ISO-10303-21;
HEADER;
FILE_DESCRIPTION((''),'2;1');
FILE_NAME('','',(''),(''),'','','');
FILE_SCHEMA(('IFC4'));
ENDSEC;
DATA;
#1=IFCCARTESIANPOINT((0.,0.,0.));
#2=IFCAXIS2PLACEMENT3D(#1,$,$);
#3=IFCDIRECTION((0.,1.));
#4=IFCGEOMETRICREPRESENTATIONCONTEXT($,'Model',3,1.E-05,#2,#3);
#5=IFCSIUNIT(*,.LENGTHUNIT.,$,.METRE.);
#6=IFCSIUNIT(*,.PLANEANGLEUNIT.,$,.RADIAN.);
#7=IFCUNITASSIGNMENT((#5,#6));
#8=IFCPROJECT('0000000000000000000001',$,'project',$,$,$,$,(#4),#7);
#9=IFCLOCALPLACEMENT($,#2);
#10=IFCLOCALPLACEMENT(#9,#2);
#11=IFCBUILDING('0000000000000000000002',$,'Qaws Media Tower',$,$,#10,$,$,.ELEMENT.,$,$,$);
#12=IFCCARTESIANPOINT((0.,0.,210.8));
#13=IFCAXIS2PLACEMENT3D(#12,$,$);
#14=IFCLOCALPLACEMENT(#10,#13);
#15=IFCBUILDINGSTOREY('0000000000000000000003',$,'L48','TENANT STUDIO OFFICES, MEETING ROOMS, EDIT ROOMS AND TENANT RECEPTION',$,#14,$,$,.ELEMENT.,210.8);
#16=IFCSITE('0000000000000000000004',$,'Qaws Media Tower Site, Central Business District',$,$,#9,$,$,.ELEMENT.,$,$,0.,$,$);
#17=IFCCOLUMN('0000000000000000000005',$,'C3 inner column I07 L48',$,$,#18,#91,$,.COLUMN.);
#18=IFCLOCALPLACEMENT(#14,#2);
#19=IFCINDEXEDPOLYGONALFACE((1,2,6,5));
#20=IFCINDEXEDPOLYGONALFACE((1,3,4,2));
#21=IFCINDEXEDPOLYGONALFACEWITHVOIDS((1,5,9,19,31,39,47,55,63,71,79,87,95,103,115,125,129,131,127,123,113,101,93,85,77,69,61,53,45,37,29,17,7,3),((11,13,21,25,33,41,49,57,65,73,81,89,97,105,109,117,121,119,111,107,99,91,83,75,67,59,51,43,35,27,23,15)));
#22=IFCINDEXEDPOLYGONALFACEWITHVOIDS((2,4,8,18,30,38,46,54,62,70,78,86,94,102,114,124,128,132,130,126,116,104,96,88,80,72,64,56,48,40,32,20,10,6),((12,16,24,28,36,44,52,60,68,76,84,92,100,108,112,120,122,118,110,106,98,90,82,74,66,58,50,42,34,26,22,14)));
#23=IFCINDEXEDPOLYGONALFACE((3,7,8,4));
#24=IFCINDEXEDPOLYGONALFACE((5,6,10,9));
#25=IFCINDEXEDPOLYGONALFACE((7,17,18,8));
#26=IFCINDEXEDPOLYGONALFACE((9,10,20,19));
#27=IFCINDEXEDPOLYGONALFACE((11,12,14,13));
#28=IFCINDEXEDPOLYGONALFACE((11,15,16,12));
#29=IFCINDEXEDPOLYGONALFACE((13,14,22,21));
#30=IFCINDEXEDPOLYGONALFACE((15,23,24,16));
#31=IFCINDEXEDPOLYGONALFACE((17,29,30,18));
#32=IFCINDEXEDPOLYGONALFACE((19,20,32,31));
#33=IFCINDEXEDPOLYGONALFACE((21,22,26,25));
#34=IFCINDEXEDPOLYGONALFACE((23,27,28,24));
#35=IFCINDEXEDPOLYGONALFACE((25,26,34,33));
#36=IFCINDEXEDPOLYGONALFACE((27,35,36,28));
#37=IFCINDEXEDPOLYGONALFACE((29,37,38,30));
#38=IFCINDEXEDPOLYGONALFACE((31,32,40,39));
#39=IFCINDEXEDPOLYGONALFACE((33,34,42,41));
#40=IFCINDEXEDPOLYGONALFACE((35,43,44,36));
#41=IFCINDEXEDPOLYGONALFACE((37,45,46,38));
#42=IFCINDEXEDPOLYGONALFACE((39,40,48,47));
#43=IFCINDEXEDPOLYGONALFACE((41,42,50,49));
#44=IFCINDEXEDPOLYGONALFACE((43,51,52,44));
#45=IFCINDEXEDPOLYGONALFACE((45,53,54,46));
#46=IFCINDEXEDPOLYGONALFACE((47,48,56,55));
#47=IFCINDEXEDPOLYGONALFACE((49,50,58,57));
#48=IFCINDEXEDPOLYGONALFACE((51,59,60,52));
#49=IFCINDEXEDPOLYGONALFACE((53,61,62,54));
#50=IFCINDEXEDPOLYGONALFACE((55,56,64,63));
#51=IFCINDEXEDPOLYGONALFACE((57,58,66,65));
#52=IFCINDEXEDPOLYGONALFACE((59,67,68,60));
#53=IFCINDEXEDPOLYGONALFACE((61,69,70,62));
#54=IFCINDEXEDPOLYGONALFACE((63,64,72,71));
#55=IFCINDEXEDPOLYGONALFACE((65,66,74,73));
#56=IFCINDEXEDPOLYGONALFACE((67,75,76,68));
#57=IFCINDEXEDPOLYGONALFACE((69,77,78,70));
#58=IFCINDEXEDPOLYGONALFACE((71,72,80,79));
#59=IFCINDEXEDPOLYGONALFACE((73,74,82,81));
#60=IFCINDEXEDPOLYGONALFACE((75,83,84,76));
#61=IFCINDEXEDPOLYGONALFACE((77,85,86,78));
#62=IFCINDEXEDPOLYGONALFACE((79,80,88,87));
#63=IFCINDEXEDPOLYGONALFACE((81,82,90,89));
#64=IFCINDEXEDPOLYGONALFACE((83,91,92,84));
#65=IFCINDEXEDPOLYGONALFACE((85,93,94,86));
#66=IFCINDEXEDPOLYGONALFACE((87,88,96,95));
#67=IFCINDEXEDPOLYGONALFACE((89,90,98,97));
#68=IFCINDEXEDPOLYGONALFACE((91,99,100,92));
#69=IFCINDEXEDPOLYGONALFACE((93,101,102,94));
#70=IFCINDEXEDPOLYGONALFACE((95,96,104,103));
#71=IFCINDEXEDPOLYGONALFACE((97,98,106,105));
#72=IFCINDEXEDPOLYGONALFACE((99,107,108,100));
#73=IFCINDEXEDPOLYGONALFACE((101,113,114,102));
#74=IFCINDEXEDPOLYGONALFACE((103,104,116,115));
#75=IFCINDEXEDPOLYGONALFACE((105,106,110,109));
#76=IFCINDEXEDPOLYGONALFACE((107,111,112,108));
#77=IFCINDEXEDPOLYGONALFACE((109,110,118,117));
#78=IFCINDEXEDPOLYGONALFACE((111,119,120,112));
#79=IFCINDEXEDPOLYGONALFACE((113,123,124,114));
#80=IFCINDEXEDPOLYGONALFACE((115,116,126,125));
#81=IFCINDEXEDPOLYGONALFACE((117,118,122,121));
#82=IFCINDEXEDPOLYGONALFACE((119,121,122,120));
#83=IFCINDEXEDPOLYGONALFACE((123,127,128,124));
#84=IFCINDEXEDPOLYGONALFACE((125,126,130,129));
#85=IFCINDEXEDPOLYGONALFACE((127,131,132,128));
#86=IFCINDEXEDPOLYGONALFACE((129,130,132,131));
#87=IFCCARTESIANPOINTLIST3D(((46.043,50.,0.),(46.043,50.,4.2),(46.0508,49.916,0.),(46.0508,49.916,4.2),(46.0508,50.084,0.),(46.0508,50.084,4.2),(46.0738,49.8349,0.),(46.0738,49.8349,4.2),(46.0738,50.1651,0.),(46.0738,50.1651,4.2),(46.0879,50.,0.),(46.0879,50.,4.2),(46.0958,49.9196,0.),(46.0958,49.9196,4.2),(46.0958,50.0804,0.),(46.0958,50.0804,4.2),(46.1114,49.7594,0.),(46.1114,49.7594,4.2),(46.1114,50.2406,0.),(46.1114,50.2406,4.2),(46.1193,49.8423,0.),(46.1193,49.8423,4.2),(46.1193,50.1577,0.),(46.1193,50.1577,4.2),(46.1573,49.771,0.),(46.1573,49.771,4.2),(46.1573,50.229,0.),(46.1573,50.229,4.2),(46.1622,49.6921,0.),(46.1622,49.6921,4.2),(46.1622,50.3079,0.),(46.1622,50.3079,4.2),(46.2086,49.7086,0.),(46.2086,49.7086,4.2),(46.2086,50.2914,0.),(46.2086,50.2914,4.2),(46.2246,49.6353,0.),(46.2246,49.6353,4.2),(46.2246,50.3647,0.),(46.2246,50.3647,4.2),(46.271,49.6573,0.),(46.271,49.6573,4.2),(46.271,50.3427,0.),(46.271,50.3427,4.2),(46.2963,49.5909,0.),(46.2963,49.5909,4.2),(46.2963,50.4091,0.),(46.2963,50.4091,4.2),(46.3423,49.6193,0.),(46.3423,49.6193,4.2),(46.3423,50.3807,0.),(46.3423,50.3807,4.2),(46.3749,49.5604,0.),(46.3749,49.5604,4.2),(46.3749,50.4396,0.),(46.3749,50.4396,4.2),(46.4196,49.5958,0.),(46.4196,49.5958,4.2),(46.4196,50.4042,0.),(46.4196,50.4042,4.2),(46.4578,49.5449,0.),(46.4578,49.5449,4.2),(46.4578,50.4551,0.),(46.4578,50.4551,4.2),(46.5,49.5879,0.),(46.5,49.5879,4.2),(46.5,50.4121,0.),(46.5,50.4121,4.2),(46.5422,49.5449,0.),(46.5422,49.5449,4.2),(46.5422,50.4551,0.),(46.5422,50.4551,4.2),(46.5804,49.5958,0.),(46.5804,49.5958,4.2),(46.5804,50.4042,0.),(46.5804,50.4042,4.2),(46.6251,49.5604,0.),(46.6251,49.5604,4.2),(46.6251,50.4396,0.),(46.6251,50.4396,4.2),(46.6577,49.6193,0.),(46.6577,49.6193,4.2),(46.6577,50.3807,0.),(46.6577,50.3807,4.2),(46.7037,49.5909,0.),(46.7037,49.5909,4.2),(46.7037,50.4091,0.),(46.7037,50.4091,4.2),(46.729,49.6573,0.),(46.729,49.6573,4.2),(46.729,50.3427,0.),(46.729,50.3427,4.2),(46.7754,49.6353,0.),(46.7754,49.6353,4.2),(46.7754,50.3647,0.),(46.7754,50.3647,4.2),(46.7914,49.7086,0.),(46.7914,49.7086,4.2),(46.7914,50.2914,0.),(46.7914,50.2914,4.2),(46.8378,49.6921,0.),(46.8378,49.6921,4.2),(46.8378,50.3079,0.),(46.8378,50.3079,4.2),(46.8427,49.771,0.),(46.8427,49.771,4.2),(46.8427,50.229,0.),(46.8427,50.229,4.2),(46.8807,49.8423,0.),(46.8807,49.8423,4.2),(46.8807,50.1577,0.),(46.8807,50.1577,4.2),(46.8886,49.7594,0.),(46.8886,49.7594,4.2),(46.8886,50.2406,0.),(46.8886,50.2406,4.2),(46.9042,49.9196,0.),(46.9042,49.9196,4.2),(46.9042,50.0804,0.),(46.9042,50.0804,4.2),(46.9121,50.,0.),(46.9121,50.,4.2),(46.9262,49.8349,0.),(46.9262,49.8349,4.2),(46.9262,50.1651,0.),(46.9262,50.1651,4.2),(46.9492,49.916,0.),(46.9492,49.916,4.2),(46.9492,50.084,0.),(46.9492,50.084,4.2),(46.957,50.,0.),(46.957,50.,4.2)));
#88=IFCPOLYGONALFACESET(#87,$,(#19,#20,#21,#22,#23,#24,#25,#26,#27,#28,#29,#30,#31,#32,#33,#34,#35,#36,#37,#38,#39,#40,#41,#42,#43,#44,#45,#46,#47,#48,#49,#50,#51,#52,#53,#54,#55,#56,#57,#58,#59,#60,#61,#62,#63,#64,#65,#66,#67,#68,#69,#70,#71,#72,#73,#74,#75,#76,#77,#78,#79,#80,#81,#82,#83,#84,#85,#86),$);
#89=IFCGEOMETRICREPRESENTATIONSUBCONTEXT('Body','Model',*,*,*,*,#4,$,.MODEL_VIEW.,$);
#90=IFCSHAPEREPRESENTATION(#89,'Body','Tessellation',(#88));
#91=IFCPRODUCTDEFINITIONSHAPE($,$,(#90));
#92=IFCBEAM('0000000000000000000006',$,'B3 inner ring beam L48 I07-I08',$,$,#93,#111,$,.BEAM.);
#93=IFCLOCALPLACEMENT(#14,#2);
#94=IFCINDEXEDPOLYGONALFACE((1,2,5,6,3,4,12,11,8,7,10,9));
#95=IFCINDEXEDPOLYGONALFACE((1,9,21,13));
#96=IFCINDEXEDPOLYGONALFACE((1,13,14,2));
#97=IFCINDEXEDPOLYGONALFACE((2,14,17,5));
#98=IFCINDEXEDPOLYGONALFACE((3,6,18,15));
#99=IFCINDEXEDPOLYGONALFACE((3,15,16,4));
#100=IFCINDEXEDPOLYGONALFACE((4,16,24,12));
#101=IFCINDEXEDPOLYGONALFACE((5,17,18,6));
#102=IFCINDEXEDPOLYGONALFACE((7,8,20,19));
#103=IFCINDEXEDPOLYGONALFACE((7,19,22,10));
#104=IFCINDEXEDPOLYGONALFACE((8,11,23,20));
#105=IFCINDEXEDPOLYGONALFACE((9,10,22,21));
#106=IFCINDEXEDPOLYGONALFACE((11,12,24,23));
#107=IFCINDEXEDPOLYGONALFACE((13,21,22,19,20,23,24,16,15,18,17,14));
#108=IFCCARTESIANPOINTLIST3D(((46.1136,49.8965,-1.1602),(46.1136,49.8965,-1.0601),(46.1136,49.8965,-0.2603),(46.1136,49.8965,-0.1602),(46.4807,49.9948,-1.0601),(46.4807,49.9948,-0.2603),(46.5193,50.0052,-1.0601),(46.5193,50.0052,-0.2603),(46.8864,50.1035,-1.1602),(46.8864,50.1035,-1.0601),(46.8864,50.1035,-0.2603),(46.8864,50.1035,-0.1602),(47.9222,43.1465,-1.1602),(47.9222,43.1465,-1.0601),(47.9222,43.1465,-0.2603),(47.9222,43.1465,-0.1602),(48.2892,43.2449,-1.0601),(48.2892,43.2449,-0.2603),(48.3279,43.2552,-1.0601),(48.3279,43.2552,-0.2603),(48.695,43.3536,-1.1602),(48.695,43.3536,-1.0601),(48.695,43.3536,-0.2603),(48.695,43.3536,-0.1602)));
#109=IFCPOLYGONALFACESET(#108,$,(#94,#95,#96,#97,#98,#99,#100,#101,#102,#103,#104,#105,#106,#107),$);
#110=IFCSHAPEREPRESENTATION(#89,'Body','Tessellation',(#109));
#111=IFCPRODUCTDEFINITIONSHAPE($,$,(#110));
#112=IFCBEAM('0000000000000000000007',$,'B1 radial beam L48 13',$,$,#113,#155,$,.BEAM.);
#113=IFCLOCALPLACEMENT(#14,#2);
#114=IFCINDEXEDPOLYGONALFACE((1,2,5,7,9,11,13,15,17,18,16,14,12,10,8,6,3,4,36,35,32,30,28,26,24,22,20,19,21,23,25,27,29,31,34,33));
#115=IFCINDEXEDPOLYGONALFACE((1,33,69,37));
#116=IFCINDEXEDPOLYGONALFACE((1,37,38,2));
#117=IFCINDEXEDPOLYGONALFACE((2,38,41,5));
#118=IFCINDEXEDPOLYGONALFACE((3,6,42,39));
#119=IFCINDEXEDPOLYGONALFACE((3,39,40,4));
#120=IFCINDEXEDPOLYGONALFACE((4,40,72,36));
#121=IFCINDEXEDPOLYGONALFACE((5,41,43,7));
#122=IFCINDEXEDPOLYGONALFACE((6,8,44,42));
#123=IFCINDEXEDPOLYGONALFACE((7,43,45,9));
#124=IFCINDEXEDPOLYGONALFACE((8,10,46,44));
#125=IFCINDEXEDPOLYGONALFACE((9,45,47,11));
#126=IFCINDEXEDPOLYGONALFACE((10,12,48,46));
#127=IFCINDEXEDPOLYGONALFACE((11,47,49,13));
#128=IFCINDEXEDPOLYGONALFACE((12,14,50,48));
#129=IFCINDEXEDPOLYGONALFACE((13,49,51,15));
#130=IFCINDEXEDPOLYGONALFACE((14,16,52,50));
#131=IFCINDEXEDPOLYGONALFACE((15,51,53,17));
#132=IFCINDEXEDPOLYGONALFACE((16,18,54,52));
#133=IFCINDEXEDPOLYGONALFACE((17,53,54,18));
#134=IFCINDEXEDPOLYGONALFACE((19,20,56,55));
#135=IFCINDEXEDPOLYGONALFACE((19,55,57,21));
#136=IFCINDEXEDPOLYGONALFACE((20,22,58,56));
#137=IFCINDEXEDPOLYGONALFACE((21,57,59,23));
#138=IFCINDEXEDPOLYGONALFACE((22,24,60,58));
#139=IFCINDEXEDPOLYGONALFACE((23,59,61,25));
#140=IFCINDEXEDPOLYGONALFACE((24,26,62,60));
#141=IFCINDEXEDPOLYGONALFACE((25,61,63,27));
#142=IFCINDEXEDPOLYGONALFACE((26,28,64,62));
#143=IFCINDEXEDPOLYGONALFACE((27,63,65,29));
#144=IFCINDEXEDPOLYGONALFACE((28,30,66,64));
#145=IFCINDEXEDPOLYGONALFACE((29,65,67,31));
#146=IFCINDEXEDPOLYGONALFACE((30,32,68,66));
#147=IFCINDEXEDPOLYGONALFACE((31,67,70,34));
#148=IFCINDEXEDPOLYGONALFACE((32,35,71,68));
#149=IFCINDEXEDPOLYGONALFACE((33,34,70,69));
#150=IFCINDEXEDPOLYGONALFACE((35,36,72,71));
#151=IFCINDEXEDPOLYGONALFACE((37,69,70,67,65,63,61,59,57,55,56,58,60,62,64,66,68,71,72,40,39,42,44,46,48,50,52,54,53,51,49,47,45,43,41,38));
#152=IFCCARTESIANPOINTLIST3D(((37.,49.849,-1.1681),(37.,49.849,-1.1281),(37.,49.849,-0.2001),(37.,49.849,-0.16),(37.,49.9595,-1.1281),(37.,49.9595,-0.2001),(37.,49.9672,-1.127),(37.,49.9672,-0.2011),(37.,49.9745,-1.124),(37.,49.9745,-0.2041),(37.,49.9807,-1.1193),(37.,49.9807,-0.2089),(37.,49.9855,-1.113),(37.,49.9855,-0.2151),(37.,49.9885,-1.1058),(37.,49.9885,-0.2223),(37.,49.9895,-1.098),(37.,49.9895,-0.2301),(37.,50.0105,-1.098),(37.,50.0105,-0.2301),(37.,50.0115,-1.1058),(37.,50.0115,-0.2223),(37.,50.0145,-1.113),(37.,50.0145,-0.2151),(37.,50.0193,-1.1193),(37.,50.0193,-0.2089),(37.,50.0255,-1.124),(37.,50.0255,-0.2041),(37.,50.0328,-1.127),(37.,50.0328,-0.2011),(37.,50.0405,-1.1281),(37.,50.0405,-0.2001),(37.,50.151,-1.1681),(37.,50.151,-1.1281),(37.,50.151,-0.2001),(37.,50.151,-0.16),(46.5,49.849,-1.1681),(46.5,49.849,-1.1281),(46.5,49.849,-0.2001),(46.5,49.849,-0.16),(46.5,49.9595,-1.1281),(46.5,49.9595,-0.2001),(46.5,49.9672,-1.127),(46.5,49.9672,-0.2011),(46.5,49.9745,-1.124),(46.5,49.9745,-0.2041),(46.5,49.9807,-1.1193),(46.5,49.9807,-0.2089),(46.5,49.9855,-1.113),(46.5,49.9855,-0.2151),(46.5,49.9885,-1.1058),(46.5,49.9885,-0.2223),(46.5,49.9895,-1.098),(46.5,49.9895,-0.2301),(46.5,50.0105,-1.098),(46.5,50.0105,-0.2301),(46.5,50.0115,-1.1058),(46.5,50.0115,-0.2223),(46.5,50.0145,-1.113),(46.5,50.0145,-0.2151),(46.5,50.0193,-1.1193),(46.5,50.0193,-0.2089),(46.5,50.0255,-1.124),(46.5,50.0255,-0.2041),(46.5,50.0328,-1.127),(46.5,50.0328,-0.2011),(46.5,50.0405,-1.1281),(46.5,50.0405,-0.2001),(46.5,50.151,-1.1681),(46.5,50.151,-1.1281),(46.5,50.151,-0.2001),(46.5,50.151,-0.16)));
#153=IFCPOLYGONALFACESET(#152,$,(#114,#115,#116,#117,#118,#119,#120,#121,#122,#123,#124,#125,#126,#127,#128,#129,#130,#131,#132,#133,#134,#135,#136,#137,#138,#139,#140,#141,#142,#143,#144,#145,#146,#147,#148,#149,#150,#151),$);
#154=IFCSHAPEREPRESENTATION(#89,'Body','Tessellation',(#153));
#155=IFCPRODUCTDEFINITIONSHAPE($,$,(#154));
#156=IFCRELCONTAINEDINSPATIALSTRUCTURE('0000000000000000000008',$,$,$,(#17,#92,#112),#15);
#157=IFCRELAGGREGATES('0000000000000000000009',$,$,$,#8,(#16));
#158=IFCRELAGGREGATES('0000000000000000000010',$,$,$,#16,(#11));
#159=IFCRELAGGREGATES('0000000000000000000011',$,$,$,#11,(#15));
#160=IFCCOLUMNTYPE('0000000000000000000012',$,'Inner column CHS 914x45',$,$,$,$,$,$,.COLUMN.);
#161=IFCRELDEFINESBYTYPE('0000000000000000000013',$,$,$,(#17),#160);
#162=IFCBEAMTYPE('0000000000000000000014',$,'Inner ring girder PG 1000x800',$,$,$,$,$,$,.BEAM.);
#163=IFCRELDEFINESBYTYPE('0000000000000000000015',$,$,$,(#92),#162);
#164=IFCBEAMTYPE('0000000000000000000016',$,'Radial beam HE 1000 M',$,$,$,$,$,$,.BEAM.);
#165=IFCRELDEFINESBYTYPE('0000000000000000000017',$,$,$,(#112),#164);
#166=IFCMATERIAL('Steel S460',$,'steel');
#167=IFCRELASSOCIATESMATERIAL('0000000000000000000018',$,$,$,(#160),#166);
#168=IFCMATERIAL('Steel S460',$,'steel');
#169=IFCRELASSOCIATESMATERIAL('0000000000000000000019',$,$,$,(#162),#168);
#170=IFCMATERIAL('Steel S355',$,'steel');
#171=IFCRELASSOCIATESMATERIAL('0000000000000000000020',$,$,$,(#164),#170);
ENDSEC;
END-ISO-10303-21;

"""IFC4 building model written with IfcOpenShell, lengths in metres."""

from ifc_helpers import new_model, si_unit, direction, frame, origin, origin_2d, place, context, subcontext, project, spatial, hollow_circle, i_section, extrude, material, material_profile, profile_set, type_object, element, save


model = new_model("IFC4")

# Units and contexts
model_context = context("Model", 3, precision=1e-05, world=origin(), true_north=direction((0.0, 1.0)))
body_context = subcontext(model_context, "Body", "Model", "MODEL_VIEW")
ifc_project = project(units=[si_unit("LENGTHUNIT", "METRE"), si_unit("PLANEANGLEUNIT", "RADIAN")], contexts=[model_context])

# Site, building, storey
site_placement = place(None, origin())
site = spatial("IfcSite", under=ifc_project, at=site_placement, Name="Qaws Media Tower Site, Central Business District", CompositionType="ELEMENT", RefElevation=0.0)
building_placement = place(site_placement, origin())
building = spatial("IfcBuilding", under=site, at=building_placement, Name="Qaws Media Tower", CompositionType="ELEMENT")
storey_placement = place(building_placement, frame((0.0, 0.0, 210.8)))
storey = spatial("IfcBuildingStorey", under=building, at=storey_placement, Name="L48", Description="TENANT STUDIO OFFICES, MEETING ROOMS, EDIT ROOMS AND TENANT RECEPTION", CompositionType="ELEMENT", Elevation=210.8)

# Column
ifc_material_1 = material(Name="Steel S460", Category="steel")
ifc_material_profile_1 = material_profile(ifc_material_1, hollow_circle(Radius=0.457, WallThickness=0.0449, at=origin_2d()), Name="CHS 914x45")
ifc_profile_set_1 = profile_set([ifc_material_profile_1], Name="Steel S460")
column_type = type_object("IfcColumnType", Name="Inner column CHS 914x45", PredefinedType="COLUMN", material=ifc_profile_set_1)
column_placement = place(storey_placement, frame((46.5, 50.0, 0.0), z_axis=(0.0, 0.0, 1.0), x_axis=(1.0, 0.0, 0.0)))
element("IfcColumn", 1, at=column_placement, inside=storey, type_object=column_type, Name="C3 inner column I07 L48", PredefinedType="COLUMN", context=body_context, shape_type="SweptSolid", body=[
    extrude(hollow_circle(Radius=0.457, WallThickness=0.0449, at=origin_2d()), origin(), (0.0, 0.0, 1.0), 4.2),
])

# Beams
ifc_material_2 = material(Name="Steel S460", Category="steel")
ifc_material_profile_2 = material_profile(ifc_material_2, i_section(OverallWidth=0.8, OverallDepth=1.0, WebThickness=0.04, FlangeThickness=0.1001, at=origin_2d()), Name="PG 1000x800")
ifc_profile_set_2 = profile_set([ifc_material_profile_2], Name="Steel S460")
beam_type_1 = type_object("IfcBeamType", Name="Inner ring girder PG 1000x800", PredefinedType="BEAM", material=ifc_profile_set_2)
beam_1_placement = place(storey_placement, frame((46.5, 50.0, -0.6602), z_axis=(0.258811, -0.965928, 0.0), x_axis=(0.965928, 0.258811, 0.0)))
element("IfcBeam", 2, at=beam_1_placement, inside=storey, type_object=beam_type_1, Name="B3 inner ring beam L48 I07-I08", PredefinedType="BEAM", context=body_context, shape_type="SweptSolid", body=[
    extrude(i_section(OverallWidth=0.8, OverallDepth=1.0, WebThickness=0.04, FlangeThickness=0.1001, at=origin_2d()), origin(), (0.0, 0.0, 1.0), 6.988),
])
ifc_material_3 = material(Name="Steel S355", Category="steel")
ifc_material_profile_3 = material_profile(ifc_material_3, i_section(OverallWidth=0.302, OverallDepth=1.0081, WebThickness=0.021, FlangeThickness=0.04, FilletRadius=0.03, at=origin_2d()), Name="HE 1000 M")
ifc_profile_set_3 = profile_set([ifc_material_profile_3], Name="Steel S355")
beam_type_2 = type_object("IfcBeamType", Name="Radial beam HE 1000 M", PredefinedType="BEAM", material=ifc_profile_set_3)
beam_2_placement = place(storey_placement, frame((46.5, 50.0, -0.6641), z_axis=(-1.0, 0.0, 0.0), x_axis=(0.0, -1.0, 0.0)))
element("IfcBeam", 3, at=beam_2_placement, inside=storey, type_object=beam_type_2, Name="B1 radial beam L48 13", PredefinedType="BEAM", context=body_context, shape_type="SweptSolid", body=[
    extrude(i_section(OverallWidth=0.302, OverallDepth=1.0081, WebThickness=0.021, FlangeThickness=0.04, FilletRadius=0.03, at=origin_2d()), origin(), (0.0, 0.0, 1.0), 9.5),
])

save(model, "model.ifc")
